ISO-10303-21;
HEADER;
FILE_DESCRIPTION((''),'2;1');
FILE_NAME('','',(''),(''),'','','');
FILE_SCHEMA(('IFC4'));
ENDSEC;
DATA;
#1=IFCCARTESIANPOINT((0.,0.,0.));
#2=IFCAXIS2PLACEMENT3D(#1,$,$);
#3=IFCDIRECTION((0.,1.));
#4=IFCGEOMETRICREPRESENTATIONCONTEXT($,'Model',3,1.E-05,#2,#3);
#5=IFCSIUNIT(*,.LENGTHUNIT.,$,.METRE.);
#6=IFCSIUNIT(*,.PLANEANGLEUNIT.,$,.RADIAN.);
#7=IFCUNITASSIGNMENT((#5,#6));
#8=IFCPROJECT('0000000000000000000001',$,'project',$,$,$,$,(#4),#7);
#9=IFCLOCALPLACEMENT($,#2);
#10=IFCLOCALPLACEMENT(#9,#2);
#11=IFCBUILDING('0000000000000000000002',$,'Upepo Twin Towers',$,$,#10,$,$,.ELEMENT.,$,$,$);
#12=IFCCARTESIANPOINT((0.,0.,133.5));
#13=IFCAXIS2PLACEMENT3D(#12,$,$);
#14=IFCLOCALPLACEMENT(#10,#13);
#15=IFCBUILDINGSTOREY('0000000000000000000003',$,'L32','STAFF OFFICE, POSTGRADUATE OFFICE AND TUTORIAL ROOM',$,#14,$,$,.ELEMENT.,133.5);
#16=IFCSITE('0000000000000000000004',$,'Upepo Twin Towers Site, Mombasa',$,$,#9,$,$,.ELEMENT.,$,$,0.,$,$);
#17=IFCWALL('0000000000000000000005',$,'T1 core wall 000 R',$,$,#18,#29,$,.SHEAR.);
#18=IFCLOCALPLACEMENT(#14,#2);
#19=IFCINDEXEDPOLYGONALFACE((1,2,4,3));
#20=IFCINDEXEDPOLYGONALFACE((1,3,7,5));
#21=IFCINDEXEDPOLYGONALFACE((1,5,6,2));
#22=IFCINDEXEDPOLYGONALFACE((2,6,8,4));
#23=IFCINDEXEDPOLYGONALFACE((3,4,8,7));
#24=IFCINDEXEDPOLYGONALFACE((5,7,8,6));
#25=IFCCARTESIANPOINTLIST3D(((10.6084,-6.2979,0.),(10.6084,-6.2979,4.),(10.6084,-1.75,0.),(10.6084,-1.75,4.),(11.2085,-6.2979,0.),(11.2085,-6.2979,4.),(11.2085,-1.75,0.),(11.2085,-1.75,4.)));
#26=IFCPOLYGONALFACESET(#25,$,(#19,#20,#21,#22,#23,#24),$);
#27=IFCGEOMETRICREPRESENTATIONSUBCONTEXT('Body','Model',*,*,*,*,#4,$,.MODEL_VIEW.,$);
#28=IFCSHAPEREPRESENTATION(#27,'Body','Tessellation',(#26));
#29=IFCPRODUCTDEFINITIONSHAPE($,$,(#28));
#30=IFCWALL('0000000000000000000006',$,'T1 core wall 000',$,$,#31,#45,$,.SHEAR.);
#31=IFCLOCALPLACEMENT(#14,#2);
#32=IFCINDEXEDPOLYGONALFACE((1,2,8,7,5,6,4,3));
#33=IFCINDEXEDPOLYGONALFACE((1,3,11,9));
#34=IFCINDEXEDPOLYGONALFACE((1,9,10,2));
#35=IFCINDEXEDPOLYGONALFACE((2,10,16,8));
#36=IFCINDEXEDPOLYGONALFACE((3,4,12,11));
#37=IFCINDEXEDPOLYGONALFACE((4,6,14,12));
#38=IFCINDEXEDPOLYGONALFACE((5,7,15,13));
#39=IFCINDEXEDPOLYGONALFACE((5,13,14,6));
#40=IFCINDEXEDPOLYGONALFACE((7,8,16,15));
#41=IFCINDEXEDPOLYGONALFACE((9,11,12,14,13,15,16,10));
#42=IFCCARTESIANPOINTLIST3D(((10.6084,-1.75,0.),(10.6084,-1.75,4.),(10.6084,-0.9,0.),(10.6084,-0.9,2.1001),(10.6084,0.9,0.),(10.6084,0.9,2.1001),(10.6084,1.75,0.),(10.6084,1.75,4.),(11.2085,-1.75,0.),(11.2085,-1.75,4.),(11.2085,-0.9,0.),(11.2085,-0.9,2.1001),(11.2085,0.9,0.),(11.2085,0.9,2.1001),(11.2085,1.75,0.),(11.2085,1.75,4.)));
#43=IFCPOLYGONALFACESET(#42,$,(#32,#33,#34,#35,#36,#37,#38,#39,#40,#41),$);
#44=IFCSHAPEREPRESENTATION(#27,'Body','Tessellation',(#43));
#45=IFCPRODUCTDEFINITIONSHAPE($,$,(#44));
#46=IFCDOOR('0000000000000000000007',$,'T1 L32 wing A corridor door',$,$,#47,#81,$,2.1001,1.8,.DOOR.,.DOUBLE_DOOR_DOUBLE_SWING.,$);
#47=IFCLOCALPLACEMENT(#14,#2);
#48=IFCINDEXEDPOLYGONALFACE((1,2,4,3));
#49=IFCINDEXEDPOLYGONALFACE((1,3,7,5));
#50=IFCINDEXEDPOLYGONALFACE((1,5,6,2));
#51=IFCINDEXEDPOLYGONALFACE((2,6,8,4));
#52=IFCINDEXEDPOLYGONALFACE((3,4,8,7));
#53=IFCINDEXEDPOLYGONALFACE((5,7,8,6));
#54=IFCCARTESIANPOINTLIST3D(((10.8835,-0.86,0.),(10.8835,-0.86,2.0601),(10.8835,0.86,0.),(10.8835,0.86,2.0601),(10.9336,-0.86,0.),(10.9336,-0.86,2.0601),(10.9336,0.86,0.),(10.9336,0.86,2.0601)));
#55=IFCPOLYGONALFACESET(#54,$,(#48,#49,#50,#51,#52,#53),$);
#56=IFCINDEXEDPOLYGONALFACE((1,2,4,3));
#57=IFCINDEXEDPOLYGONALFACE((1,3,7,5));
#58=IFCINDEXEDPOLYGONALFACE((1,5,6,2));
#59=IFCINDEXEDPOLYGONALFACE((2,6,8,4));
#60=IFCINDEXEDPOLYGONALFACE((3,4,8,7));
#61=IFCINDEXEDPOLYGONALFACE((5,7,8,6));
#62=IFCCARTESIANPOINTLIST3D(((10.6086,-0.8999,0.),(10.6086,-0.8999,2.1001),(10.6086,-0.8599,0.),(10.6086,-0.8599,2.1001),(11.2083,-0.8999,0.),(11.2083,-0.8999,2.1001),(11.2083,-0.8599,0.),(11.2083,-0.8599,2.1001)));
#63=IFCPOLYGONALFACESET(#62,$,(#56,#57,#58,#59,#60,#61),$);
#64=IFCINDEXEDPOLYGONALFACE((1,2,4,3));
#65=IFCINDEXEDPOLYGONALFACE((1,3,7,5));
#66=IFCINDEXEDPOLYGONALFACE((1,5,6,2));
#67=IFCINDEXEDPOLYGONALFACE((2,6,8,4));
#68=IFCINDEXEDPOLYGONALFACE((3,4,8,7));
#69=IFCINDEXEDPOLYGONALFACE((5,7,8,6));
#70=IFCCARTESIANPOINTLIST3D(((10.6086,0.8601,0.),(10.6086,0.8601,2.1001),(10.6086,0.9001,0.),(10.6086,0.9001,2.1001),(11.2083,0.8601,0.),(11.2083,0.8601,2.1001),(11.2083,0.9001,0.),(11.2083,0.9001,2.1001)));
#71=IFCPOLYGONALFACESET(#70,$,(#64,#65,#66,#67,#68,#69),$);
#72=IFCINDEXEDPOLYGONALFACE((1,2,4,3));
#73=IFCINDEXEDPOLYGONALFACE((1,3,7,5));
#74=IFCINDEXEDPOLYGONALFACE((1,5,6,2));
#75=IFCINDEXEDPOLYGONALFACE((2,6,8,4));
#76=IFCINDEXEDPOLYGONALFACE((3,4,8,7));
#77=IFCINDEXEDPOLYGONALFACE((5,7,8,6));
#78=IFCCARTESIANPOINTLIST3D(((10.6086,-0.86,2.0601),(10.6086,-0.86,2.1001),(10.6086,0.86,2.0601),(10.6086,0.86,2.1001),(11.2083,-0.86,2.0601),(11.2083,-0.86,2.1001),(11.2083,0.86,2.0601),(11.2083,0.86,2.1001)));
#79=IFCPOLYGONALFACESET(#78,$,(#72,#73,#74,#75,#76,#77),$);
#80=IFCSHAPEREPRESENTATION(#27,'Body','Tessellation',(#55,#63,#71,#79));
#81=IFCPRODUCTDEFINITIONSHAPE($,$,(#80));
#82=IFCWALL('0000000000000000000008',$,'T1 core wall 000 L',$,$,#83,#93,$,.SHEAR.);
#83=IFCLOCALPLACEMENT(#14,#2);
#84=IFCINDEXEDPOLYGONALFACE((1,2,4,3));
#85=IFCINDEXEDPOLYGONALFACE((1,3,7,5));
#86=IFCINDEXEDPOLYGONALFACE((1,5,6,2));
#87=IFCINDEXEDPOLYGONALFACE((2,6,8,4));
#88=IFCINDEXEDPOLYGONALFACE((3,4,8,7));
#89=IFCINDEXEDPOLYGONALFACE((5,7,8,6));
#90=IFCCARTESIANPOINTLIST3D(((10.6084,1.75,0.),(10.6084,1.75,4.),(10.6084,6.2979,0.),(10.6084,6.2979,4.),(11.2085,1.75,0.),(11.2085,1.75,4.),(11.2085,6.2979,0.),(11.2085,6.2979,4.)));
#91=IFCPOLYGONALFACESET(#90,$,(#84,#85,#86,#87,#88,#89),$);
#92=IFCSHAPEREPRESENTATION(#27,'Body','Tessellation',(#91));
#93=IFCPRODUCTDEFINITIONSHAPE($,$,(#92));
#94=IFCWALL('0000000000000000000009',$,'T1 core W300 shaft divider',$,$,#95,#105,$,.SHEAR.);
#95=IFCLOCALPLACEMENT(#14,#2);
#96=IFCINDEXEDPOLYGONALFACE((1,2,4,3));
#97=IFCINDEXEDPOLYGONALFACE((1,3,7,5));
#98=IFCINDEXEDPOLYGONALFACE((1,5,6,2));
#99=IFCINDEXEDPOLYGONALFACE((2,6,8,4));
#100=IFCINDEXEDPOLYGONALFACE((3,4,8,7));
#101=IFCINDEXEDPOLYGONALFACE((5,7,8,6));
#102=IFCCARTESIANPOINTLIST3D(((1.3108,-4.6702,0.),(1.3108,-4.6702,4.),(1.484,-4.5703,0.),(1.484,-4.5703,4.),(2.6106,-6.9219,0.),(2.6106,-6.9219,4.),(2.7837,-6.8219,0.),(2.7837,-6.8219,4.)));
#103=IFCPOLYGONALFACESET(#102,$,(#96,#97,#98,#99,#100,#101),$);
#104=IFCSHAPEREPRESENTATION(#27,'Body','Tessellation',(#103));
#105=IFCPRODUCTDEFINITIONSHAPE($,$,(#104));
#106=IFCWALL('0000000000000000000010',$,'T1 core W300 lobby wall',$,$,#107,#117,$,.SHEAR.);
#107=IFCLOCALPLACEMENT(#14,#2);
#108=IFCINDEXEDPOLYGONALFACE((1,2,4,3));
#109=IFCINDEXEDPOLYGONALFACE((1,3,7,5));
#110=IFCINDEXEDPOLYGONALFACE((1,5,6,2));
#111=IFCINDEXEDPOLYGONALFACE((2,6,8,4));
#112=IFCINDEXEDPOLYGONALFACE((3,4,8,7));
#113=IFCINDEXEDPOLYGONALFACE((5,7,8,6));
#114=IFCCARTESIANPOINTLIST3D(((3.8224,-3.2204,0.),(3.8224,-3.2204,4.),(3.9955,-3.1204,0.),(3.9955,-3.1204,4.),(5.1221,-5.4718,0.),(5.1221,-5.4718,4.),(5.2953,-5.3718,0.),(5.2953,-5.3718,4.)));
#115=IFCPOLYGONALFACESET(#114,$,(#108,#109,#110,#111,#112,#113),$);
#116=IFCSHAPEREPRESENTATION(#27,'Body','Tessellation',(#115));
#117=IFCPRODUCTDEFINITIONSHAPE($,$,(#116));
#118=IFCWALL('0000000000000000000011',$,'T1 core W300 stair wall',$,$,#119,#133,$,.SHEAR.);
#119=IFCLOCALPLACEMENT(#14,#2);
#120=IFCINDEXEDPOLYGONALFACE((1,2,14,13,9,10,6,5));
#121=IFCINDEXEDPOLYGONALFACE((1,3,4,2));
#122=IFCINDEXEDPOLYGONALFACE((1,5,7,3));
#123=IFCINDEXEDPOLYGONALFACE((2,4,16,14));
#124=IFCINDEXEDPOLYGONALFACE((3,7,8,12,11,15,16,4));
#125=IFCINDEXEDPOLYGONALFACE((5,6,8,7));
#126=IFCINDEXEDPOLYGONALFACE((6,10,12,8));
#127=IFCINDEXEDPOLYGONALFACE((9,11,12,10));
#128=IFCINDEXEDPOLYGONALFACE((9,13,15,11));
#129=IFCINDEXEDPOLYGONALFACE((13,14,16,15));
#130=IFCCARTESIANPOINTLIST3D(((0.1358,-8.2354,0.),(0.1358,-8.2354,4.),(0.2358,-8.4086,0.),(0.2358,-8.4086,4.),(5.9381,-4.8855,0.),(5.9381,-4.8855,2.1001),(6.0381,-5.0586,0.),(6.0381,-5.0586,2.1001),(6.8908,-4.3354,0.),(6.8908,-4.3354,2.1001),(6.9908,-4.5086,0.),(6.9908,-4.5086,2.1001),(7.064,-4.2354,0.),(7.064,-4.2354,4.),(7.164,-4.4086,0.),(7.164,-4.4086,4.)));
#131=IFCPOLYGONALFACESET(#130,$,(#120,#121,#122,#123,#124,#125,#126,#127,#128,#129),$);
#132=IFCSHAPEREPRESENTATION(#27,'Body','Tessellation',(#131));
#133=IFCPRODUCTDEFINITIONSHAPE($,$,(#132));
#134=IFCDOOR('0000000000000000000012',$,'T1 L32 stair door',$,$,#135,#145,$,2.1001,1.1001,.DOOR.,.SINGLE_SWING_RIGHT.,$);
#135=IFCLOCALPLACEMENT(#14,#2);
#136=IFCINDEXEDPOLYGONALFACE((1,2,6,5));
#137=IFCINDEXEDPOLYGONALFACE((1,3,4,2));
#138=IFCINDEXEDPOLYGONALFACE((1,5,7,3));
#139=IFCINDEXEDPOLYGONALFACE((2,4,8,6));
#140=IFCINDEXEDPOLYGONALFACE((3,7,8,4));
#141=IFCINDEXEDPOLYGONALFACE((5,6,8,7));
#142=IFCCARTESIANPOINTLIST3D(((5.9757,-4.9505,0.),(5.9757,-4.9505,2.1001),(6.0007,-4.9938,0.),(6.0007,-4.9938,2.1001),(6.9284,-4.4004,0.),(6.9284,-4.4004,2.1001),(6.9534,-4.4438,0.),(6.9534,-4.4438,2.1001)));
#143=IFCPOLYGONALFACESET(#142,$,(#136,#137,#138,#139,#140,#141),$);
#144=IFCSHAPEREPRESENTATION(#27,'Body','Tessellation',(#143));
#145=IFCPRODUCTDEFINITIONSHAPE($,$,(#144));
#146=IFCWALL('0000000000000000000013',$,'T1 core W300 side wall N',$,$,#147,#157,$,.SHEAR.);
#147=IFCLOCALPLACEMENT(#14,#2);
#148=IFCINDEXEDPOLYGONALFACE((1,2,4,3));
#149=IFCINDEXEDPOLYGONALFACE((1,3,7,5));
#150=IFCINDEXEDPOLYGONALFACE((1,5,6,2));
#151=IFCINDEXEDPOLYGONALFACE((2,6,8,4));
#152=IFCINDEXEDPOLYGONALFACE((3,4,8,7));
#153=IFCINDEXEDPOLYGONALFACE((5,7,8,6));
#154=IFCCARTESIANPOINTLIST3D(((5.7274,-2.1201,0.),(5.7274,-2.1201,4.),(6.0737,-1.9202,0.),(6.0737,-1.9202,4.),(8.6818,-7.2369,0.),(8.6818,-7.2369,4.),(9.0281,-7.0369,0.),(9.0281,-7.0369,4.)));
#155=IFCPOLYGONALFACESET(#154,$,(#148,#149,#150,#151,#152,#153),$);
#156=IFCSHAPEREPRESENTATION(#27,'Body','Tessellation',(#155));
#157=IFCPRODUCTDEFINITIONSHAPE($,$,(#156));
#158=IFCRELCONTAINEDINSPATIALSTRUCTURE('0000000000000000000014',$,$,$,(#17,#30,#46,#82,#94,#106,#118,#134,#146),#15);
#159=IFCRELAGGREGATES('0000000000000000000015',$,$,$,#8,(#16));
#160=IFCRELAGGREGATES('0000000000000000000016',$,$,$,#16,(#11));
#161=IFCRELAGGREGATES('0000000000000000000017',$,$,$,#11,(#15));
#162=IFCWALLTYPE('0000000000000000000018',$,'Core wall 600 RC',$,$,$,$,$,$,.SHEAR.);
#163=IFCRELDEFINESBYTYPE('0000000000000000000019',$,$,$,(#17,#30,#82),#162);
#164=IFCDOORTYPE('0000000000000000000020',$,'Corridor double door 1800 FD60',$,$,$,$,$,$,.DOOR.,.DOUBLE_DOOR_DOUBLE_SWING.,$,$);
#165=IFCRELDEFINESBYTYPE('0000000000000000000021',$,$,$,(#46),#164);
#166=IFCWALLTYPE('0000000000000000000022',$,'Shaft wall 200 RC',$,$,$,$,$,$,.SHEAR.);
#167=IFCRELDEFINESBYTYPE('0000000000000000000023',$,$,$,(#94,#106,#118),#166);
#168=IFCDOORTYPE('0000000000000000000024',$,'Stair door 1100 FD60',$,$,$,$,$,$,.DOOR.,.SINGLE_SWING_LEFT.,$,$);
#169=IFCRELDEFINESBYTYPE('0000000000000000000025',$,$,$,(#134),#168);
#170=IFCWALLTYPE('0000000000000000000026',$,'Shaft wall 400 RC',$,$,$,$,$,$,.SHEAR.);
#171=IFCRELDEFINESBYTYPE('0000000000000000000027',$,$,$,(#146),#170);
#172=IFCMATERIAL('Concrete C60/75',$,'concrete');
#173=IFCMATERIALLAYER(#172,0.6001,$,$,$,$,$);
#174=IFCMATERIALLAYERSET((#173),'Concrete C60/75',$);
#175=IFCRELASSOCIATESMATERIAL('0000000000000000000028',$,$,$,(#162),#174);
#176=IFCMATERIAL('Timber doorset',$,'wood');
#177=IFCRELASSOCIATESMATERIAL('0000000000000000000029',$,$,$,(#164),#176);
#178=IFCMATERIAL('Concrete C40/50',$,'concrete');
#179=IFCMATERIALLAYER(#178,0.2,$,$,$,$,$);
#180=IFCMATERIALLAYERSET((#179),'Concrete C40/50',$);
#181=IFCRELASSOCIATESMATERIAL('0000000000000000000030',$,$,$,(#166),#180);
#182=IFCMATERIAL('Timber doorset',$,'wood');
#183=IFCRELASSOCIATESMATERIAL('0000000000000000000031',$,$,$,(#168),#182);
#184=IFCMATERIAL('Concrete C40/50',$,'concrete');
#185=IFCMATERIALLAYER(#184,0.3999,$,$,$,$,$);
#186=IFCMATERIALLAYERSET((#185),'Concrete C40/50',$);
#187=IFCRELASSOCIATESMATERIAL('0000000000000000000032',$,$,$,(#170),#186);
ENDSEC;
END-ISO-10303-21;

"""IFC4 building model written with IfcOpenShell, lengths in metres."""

from ifc_helpers import new_model, si_unit, direction, frame, frame_2d, origin, place, context, subcontext, project, spatial, rectangle, extrude, material, layer, layer_set, type_object, element, fill, save


model = new_model("IFC4")

# Units and contexts
model_context = context("Model", 3, precision=1e-05, world=origin(), true_north=direction((0.0, 1.0)))
body_context = subcontext(model_context, "Body", "Model", "MODEL_VIEW")
ifc_project = project(units=[si_unit("LENGTHUNIT", "METRE"), si_unit("PLANEANGLEUNIT", "RADIAN")], contexts=[model_context])

# Site, building, storey
site_placement = place(None, origin())
site = spatial("IfcSite", under=ifc_project, at=site_placement, Name="Upepo Twin Towers Site, Mombasa", CompositionType="ELEMENT", RefElevation=0.0)
building_placement = place(site_placement, origin())
building = spatial("IfcBuilding", under=site, at=building_placement, Name="Upepo Twin Towers", CompositionType="ELEMENT")
storey_placement = place(building_placement, frame((0.0, 0.0, 133.5)))
storey = spatial("IfcBuildingStorey", under=building, at=storey_placement, Name="L32", Description="STAFF OFFICE, POSTGRADUATE OFFICE AND TUTORIAL ROOM", CompositionType="ELEMENT", Elevation=133.5)

# Wall
ifc_material_1 = material(Name="Concrete C60/75", Category="concrete")
ifc_layer_1 = layer(ifc_material_1, 0.6001)
ifc_layer_set_1 = layer_set([ifc_layer_1], Name="Concrete C60/75")
wall_type_1 = type_object("IfcWallType", Name="Core wall 600 RC", PredefinedType="SHEAR", material=ifc_layer_set_1)
wall_1_placement = place(storey_placement, frame((10.9084, -6.2979, 0.0), z_axis=(0.0, 0.0, 1.0), x_axis=(0.0, 1.0, 0.0)))
element("IfcWall", 1, at=wall_1_placement, inside=storey, type_object=wall_type_1, Name="T1 core wall 000 R", PredefinedType="SHEAR", context=body_context, shape_type="SweptSolid", body=[
    extrude(rectangle(XDim=4.5479, YDim=0.6001, at=frame_2d((2.2739, 0.0))), origin(), (0.0, 0.0, 1.0), 4.0),
])

# Wall, opening, door
wall_2_placement = place(storey_placement, frame((10.9084, -1.75, 0.0), z_axis=(0.0, 0.0, 1.0), x_axis=(0.0, 1.0, 0.0)))
wall_2 = element("IfcWall", 2, at=wall_2_placement, inside=storey, type_object=wall_type_1, Name="T1 core wall 000", PredefinedType="SHEAR", context=body_context, shape_type="SweptSolid", body=[
    extrude(rectangle(XDim=3.5, YDim=0.6001, at=frame_2d((1.75, 0.0))), origin(), (0.0, 0.0, 1.0), 4.0),
])
opening_1_placement = place(wall_2_placement, frame((0.8501, 0.0, 0.0)))
opening_1 = element("IfcOpeningElement", 3, at=opening_1_placement, cuts=wall_2, PredefinedType="OPENING", context=body_context, shape_type="SweptSolid", body=[
    extrude(rectangle(XDim=1.8, YDim=2.1001, at=frame_2d((0.8999, 1.05))), frame((0.0, 0.3101, 0.0), z_axis=(0.0, -1.0, 0.0), x_axis=(1.0, 0.0, 0.0)), (0.0, 0.0, 1.0), 0.6201),
])
ifc_material_2 = material(Name="Timber doorset", Category="wood")
door_type_1 = type_object("IfcDoorType", Name="Corridor double door 1800 FD60", OperationType="DOUBLE_DOOR_DOUBLE_SWING", PredefinedType="DOOR", material=ifc_material_2)
door_1_placement = place(opening_1_placement, origin())
door_1 = element("IfcDoor", 4, at=door_1_placement, inside=storey, type_object=door_type_1, Name="T1 L32 wing A corridor door", OperationType="DOUBLE_DOOR_DOUBLE_SWING", OverallHeight=2.1001, OverallWidth=1.8, PredefinedType="DOOR", context=body_context, shape_type="SweptSolid", body=[
    extrude(rectangle(XDim=1.72, YDim=2.0601, at=frame_2d((0.8999, 1.03))), frame((0.0, 0.0249, 0.0), z_axis=(0.0, -1.0, 0.0), x_axis=(1.0, 0.0, 0.0)), (0.0, 0.0, 1.0), 0.05),
    extrude(rectangle(XDim=0.04, YDim=2.1001, at=frame_2d((0.02, 1.05))), frame((0.0, 0.2998, 0.0), z_axis=(0.0, -1.0, 0.0), x_axis=(1.0, 0.0, 0.0)), (0.0, 0.0, 1.0), 0.5996),
    extrude(rectangle(XDim=0.04, YDim=2.1001, at=frame_2d((1.78, 1.05))), frame((0.0, 0.2998, 0.0), z_axis=(0.0, -1.0, 0.0), x_axis=(1.0, 0.0, 0.0)), (0.0, 0.0, 1.0), 0.5996),
    extrude(rectangle(XDim=1.72, YDim=0.04, at=frame_2d((0.8999, 2.0801))), frame((0.0, 0.2998, 0.0), z_axis=(0.0, -1.0, 0.0), x_axis=(1.0, 0.0, 0.0)), (0.0, 0.0, 1.0), 0.5996),
])
fill(opening_1, door_1)

# Walls
wall_3_placement = place(storey_placement, frame((10.9084, 1.75, 0.0), z_axis=(0.0, 0.0, 1.0), x_axis=(0.0, 1.0, 0.0)))
element("IfcWall", 5, at=wall_3_placement, inside=storey, type_object=wall_type_1, Name="T1 core wall 000 L", PredefinedType="SHEAR", context=body_context, shape_type="SweptSolid", body=[
    extrude(rectangle(XDim=4.5479, YDim=0.6001, at=frame_2d((2.2739, 0.0))), origin(), (0.0, 0.0, 1.0), 4.0),
])
ifc_material_3 = material(Name="Concrete C40/50", Category="concrete")
ifc_layer_2 = layer(ifc_material_3, 0.2)
ifc_layer_set_2 = layer_set([ifc_layer_2], Name="Concrete C40/50")
wall_type_2 = type_object("IfcWallType", Name="Shaft wall 200 RC", PredefinedType="SHEAR", material=ifc_layer_set_2)
wall_4_placement = place(storey_placement, frame((1.3975, -4.6204, 0.0), z_axis=(0.0, 0.0, 1.0), x_axis=(0.499937, -0.866062, 0.0)))
element("IfcWall", 6, at=wall_4_placement, inside=storey, type_object=wall_type_2, Name="T1 core W300 shaft divider", PredefinedType="SHEAR", context=body_context, shape_type="SweptSolid", body=[
    extrude(rectangle(XDim=2.5999, YDim=0.2, at=frame_2d((1.2998, 0.0))), origin(), (0.0, 0.0, 1.0), 4.0),
])
wall_5_placement = place(storey_placement, frame((3.9089, -3.1704, 0.0), z_axis=(0.0, 0.0, 1.0), x_axis=(0.499977, -0.866039, 0.0)))
element("IfcWall", 7, at=wall_5_placement, inside=storey, type_object=wall_type_2, Name="T1 core W300 lobby wall", PredefinedType="SHEAR", context=body_context, shape_type="SweptSolid", body=[
    extrude(rectangle(XDim=2.5996, YDim=0.2, at=frame_2d((1.2998, 0.0))), origin(), (0.0, 0.0, 1.0), 4.0),
])

# Wall, opening, door
wall_6_placement = place(storey_placement, frame((0.1858, -8.322, 0.0), z_axis=(0.0, 0.0, 1.0), x_axis=(0.866026, 0.499999, 0.0)))
wall_6 = element("IfcWall", 8, at=wall_6_placement, inside=storey, type_object=wall_type_2, Name="T1 core W300 stair wall", PredefinedType="SHEAR", context=body_context, shape_type="SweptSolid", body=[
    extrude(rectangle(XDim=8.0, YDim=0.2, at=frame_2d((4.0, 0.0))), origin(), (0.0, 0.0, 1.0), 4.0),
])
opening_2_placement = place(wall_6_placement, frame((6.7, 0.0, 0.0)))
opening_2 = element("IfcOpeningElement", 9, at=opening_2_placement, cuts=wall_6, PredefinedType="OPENING", context=body_context, shape_type="SweptSolid", body=[
    extrude(rectangle(XDim=1.1001, YDim=2.1001, at=frame_2d((0.55, 1.05))), frame((0.0, 0.1099, 0.0), z_axis=(0.0, -1.0, 0.0), x_axis=(1.0, 0.0, 0.0)), (0.0, 0.0, 1.0), 0.22),
])
ifc_material_4 = material(Name="Timber doorset", Category="wood")
door_type_2 = type_object("IfcDoorType", Name="Stair door 1100 FD60", OperationType="SINGLE_SWING_LEFT", PredefinedType="DOOR", material=ifc_material_4)
door_2_placement = place(opening_2_placement, origin())
door_2 = element("IfcDoor", 10, at=door_2_placement, inside=storey, type_object=door_type_2, Name="T1 L32 stair door", OperationType="SINGLE_SWING_RIGHT", OverallHeight=2.1001, OverallWidth=1.1001, PredefinedType="DOOR", context=body_context, shape_type="SweptSolid", body=[
    extrude(rectangle(XDim=1.1001, YDim=2.1001, at=frame_2d((0.55, 1.05))), frame((0.0, 0.0249, 0.0), z_axis=(0.0, -1.0, 0.0), x_axis=(1.0, 0.0, 0.0)), (0.0, 0.0, 1.0), 0.05),
])
fill(opening_2, door_2)

# Wall
ifc_material_5 = material(Name="Concrete C40/50", Category="concrete")
ifc_layer_3 = layer(ifc_material_5, 0.3999)
ifc_layer_set_3 = layer_set([ifc_layer_3], Name="Concrete C40/50")
wall_type_3 = type_object("IfcWallType", Name="Shaft wall 400 RC", PredefinedType="SHEAR", material=ifc_layer_set_3)
wall_7_placement = place(storey_placement, frame((5.9006, -2.0203, 0.0), z_axis=(0.0, 0.0, 1.0), x_axis=(0.500028, -0.866009, 0.0)))
element("IfcWall", 11, at=wall_7_placement, inside=storey, type_object=wall_type_3, Name="T1 core W300 side wall N", PredefinedType="SHEAR", context=body_context, shape_type="SweptSolid", body=[
    extrude(rectangle(XDim=5.9084, YDim=0.3999, at=frame_2d((2.9541, 0.0))), origin(), (0.0, 0.0, 1.0), 4.0),
])

save(model, "model.ifc")
